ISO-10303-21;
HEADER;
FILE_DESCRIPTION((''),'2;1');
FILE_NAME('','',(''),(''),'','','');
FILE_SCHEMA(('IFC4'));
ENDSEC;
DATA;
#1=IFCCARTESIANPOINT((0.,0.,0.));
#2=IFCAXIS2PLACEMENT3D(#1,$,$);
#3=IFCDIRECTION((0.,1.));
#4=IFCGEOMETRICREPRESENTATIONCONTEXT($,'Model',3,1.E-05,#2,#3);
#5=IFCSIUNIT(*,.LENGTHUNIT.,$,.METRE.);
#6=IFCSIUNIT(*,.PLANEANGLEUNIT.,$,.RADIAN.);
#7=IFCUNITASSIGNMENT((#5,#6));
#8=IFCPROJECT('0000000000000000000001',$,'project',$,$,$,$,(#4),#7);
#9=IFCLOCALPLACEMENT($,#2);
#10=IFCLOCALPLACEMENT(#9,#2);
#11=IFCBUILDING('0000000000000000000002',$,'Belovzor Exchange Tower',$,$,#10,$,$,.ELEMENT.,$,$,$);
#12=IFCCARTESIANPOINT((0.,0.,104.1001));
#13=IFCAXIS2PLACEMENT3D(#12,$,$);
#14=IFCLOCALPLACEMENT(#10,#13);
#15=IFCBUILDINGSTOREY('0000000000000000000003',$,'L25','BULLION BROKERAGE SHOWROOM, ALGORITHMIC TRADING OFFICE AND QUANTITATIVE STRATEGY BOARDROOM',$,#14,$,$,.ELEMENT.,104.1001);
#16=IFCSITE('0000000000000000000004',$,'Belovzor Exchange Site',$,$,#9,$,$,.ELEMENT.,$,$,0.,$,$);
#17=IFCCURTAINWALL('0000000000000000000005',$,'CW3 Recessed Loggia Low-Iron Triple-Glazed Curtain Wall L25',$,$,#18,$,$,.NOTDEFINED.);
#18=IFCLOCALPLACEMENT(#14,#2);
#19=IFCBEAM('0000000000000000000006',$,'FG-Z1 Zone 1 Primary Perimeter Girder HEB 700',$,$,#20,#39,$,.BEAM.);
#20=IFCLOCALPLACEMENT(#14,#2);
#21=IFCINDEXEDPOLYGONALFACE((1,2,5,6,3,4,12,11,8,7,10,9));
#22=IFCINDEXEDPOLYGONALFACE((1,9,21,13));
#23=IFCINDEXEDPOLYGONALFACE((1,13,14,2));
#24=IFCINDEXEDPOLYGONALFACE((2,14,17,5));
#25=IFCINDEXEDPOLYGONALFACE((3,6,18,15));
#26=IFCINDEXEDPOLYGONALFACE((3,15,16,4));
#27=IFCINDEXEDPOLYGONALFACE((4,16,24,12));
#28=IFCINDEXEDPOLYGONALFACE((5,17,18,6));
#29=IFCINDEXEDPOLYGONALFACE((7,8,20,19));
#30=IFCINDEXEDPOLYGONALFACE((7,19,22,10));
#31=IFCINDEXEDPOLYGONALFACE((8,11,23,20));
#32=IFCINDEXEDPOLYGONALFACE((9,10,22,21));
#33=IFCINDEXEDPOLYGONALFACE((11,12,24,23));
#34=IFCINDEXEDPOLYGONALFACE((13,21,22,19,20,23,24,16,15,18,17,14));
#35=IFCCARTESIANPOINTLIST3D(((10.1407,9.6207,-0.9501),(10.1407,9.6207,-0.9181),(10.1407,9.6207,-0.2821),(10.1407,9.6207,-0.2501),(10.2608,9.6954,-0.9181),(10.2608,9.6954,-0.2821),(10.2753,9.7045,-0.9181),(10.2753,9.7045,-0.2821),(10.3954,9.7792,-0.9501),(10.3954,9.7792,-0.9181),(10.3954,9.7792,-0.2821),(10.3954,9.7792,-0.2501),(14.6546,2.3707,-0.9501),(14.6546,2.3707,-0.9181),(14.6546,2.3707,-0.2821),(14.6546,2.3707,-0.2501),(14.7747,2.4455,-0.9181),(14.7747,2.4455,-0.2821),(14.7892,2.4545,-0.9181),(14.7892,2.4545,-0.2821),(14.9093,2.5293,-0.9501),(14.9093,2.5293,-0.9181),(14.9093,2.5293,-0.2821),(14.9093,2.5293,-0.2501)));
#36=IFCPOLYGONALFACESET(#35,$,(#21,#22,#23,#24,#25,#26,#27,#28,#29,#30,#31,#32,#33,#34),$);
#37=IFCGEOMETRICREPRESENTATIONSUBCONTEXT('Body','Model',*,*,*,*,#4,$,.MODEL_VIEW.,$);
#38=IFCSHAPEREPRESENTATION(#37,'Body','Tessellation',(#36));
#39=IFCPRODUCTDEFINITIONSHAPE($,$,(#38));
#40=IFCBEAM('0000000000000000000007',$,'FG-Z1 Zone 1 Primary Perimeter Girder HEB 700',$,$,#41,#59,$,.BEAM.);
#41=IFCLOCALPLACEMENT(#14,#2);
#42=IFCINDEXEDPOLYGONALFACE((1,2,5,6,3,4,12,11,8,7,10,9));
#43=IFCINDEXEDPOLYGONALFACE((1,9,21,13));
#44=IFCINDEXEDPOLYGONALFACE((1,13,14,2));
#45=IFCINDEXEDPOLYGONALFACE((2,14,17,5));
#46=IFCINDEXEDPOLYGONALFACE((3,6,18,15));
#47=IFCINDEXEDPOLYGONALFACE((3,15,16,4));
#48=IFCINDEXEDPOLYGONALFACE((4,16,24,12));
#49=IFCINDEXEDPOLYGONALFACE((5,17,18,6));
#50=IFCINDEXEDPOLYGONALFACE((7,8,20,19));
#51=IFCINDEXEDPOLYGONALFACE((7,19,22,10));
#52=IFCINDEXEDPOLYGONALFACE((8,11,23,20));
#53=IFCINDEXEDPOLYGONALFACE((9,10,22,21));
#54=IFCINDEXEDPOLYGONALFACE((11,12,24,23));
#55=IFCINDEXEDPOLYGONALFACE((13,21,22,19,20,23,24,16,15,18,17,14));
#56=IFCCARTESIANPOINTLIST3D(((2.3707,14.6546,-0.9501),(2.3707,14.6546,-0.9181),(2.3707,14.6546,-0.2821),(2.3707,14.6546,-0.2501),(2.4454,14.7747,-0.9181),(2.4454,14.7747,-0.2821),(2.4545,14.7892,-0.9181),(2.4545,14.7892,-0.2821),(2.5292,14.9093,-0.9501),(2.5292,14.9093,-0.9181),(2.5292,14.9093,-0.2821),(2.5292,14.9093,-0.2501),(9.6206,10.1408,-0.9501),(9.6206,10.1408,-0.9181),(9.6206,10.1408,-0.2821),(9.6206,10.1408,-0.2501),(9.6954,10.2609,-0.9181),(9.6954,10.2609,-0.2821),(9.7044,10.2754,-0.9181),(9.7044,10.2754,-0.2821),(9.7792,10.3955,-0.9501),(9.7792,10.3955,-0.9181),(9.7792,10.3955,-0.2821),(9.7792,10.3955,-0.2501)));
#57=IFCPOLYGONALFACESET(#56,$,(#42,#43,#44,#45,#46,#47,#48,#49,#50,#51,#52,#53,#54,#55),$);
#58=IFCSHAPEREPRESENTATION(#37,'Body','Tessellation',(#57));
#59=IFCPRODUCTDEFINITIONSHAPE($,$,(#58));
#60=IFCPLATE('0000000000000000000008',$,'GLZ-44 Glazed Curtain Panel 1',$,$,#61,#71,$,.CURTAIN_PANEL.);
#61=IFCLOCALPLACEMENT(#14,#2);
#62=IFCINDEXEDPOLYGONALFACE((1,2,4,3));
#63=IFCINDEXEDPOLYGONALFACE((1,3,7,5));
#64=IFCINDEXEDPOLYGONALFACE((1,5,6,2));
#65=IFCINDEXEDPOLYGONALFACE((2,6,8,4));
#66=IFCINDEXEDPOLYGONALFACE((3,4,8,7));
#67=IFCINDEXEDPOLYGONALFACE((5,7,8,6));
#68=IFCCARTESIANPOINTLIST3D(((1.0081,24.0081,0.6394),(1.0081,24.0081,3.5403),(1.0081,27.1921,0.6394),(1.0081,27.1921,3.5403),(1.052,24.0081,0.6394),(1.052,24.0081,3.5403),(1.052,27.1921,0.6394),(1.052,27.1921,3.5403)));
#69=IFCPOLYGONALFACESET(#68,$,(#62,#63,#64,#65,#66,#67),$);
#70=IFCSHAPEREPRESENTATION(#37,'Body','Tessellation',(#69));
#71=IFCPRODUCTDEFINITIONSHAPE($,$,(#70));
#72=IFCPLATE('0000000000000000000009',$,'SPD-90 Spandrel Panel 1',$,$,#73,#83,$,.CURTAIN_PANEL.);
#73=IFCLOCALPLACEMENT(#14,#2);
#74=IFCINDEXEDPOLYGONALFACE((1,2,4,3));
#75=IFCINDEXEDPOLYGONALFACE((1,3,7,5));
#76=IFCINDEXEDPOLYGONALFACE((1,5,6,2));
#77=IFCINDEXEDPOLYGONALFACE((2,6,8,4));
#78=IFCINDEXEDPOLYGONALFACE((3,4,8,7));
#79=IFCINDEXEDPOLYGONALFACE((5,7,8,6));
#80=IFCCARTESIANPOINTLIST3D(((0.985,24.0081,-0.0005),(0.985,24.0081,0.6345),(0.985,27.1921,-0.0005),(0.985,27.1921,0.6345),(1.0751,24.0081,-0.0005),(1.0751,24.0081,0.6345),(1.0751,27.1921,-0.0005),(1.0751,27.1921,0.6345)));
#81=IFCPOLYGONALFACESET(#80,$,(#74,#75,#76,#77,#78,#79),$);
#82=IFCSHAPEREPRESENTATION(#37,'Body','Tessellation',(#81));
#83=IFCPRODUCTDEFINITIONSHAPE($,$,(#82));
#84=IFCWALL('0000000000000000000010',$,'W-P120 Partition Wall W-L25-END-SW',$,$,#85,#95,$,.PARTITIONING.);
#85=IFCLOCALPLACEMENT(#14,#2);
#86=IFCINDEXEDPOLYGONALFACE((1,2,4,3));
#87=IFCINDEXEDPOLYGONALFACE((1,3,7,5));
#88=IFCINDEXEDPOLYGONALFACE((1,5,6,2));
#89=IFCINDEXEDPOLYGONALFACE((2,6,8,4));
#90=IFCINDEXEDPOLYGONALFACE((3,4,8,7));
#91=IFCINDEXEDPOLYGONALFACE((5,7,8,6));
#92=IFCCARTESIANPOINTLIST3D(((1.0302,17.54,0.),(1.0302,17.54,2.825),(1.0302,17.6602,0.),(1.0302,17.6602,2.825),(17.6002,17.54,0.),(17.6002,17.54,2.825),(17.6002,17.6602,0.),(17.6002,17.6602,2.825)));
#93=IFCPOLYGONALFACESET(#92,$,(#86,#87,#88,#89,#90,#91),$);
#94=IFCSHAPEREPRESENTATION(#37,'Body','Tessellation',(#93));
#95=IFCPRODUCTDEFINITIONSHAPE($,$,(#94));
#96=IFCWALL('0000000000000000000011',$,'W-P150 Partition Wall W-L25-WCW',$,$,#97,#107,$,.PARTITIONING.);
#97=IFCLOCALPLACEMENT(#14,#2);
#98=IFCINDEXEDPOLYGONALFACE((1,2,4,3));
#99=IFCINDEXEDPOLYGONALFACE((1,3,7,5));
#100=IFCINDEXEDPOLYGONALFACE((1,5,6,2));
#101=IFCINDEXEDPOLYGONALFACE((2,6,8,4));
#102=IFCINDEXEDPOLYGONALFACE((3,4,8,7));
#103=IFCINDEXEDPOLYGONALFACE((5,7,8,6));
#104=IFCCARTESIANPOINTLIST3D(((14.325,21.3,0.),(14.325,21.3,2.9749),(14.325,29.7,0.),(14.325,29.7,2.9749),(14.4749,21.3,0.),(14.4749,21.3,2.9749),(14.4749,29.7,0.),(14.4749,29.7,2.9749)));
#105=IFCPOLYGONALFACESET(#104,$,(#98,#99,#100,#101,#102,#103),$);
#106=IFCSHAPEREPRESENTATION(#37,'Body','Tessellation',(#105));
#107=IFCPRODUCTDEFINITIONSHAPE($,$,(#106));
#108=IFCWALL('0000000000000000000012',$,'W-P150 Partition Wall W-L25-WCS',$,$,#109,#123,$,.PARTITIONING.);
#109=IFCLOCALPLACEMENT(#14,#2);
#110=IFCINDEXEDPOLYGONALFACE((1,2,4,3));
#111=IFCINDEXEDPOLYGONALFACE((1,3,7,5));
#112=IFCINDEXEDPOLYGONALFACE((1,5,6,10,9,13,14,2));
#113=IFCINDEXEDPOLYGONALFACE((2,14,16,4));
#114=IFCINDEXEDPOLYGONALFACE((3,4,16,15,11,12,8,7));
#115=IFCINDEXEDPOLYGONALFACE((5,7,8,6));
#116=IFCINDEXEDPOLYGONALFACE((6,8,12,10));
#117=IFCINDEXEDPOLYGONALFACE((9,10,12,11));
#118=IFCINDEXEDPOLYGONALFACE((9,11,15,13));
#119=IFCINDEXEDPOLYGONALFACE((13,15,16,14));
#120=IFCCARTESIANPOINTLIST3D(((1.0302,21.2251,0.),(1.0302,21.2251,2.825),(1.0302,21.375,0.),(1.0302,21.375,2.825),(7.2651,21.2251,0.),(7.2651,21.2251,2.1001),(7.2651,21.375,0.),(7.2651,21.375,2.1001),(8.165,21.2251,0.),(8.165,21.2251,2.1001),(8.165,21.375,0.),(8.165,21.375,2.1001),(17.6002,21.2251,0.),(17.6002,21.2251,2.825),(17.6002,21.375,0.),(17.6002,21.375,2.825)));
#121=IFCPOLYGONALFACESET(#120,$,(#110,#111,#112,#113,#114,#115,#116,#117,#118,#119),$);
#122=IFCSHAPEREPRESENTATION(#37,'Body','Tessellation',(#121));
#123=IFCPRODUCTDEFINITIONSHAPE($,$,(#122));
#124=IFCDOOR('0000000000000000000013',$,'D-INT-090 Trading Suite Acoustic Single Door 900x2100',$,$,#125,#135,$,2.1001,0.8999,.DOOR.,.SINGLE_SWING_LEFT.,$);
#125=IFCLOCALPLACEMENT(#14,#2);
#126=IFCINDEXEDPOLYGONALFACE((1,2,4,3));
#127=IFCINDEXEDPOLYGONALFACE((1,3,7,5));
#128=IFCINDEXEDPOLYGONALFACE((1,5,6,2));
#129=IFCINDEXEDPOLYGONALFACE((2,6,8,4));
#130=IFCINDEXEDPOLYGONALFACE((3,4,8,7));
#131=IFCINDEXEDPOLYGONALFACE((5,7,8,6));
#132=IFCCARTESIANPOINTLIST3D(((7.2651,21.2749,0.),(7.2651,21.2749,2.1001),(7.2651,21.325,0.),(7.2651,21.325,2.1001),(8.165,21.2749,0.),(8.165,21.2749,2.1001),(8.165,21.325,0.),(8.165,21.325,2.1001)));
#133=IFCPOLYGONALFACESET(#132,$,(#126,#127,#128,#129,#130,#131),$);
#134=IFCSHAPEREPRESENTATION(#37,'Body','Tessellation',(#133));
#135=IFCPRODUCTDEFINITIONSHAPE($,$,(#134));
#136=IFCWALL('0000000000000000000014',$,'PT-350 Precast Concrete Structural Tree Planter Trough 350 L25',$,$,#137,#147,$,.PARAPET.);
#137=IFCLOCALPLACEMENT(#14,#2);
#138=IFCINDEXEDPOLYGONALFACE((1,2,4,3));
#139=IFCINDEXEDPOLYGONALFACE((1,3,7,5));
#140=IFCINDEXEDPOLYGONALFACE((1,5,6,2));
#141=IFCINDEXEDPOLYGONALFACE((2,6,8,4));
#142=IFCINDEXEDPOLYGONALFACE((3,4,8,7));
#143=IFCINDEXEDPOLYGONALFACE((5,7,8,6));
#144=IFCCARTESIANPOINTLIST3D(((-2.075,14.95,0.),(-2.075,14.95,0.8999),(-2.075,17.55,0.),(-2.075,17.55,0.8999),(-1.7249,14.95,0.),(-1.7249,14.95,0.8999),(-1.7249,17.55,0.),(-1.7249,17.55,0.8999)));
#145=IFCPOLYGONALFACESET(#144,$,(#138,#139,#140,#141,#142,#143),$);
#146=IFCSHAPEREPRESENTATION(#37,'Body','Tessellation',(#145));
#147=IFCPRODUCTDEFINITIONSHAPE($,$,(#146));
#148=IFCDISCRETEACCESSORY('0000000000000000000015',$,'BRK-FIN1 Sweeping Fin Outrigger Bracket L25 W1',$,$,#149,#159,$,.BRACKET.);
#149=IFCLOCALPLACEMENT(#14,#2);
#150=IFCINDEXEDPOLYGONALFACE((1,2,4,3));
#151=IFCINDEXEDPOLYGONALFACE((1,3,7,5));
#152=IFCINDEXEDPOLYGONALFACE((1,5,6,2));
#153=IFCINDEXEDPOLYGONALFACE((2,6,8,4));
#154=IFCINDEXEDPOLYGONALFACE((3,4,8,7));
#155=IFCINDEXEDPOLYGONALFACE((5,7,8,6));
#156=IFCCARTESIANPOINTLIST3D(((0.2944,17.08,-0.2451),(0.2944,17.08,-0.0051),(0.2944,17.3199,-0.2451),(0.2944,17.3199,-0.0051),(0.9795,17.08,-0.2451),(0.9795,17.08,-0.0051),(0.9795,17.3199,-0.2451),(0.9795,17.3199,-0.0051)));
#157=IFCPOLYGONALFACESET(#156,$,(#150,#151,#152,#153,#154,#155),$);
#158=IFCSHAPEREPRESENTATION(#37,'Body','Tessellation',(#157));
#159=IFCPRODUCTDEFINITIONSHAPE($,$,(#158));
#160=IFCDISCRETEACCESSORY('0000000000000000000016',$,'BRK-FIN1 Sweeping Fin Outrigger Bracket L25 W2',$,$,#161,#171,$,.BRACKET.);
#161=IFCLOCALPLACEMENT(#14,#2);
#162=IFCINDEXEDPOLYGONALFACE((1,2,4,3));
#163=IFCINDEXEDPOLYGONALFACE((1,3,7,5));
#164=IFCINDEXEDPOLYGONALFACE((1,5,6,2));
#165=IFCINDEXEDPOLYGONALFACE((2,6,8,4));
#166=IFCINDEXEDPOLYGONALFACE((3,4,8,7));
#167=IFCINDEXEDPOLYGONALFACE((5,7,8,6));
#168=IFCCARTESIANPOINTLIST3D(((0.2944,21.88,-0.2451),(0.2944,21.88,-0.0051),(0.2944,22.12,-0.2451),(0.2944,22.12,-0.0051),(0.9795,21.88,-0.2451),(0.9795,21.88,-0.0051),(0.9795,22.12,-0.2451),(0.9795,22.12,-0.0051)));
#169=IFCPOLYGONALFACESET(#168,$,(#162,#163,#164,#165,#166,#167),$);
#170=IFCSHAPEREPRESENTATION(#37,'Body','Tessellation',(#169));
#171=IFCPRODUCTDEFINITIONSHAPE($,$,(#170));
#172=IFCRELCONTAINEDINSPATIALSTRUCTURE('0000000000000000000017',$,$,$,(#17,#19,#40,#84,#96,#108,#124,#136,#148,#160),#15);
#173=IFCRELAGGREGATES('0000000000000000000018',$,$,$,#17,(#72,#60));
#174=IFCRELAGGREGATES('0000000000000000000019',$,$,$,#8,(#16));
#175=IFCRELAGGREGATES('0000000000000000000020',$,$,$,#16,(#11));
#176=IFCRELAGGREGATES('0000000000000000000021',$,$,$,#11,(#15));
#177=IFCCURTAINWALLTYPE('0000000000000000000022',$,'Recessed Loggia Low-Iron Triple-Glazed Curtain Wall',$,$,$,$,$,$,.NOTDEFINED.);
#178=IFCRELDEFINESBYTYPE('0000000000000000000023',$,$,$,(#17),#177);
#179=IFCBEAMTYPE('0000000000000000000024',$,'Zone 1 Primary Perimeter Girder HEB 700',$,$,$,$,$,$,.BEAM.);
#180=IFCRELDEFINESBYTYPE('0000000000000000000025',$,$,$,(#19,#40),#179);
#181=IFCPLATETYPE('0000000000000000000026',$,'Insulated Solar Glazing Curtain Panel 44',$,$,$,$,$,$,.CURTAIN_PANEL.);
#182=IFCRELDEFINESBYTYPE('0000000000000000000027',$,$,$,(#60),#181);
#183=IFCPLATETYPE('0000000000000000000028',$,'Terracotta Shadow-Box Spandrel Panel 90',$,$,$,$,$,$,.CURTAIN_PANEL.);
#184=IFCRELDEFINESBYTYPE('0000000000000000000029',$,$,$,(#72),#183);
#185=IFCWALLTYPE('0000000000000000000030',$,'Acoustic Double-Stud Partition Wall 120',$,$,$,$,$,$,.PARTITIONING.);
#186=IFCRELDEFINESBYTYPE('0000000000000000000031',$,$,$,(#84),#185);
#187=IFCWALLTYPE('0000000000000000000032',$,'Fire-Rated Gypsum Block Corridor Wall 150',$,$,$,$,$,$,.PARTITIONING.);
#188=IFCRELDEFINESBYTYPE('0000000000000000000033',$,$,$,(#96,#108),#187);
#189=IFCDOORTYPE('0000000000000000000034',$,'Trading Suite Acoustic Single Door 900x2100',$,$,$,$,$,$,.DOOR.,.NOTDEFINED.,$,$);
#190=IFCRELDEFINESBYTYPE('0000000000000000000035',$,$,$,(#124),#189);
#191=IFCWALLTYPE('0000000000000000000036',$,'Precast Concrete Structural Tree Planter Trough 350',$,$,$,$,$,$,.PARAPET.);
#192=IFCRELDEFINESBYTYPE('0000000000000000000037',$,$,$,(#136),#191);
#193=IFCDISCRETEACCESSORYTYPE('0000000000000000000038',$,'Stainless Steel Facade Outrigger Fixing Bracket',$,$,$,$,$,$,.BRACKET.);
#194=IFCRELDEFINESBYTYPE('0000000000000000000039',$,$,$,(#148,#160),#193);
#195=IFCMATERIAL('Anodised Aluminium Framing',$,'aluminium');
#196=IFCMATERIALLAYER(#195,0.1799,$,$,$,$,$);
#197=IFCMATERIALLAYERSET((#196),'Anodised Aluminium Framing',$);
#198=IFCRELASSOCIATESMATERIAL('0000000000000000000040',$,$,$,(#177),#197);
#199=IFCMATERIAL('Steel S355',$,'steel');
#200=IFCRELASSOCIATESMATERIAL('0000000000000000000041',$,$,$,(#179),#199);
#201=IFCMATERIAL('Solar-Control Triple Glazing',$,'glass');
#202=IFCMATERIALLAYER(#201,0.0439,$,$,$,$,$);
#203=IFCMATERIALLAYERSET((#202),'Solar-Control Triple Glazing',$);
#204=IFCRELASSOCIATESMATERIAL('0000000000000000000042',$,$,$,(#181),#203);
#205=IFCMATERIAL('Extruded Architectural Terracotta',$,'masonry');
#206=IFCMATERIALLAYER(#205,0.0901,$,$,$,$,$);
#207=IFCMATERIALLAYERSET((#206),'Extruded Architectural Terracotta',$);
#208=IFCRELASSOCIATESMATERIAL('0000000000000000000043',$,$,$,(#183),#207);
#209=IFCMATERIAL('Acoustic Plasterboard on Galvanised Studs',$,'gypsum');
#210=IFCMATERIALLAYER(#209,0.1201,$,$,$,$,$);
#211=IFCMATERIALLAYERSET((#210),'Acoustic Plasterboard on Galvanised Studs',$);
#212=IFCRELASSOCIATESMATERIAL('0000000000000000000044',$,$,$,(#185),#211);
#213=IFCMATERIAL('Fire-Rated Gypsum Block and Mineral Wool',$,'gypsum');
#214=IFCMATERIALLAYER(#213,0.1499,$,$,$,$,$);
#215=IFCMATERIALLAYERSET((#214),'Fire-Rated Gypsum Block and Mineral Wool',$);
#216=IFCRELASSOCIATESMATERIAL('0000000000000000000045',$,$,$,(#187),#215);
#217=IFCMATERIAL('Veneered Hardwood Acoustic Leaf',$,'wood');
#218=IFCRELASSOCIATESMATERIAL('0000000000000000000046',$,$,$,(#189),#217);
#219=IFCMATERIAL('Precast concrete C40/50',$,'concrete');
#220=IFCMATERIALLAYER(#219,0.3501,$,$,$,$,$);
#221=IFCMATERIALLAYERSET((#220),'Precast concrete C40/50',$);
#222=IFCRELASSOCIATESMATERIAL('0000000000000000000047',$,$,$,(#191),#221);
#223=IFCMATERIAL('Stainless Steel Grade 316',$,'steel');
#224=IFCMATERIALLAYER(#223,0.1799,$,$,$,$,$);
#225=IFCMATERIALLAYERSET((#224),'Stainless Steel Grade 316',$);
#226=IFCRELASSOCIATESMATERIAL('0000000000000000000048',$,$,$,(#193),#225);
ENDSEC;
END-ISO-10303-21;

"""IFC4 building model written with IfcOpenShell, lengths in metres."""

from ifc_helpers import new_model, si_unit, direction, frame, frame_2d, origin, origin_2d, place, context, subcontext, project, spatial, rectangle, i_section, extrude, material, layer, layer_set, material_profile, profile_set, type_object, element, fill, aggregate, save


model = new_model("IFC4")

# Units and contexts
model_context = context("Model", 3, precision=1e-05, world=origin(), true_north=direction((0.0, 1.0)))
body_context = subcontext(model_context, "Body", "Model", "MODEL_VIEW")
ifc_project = project(units=[si_unit("LENGTHUNIT", "METRE"), si_unit("PLANEANGLEUNIT", "RADIAN")], contexts=[model_context])

# Site, building, storey
site_placement = place(None, origin())
site = spatial("IfcSite", under=ifc_project, at=site_placement, Name="Belovzor Exchange Site", CompositionType="ELEMENT", RefElevation=0.0)
building_placement = place(site_placement, origin())
building = spatial("IfcBuilding", under=site, at=building_placement, Name="Belovzor Exchange Tower", CompositionType="ELEMENT")
storey_placement = place(building_placement, frame((0.0, 0.0, 104.1001)))
storey = spatial("IfcBuildingStorey", under=building, at=storey_placement, Name="L25", Description="BULLION BROKERAGE SHOWROOM, ALGORITHMIC TRADING OFFICE AND QUANTITATIVE STRATEGY BOARDROOM", CompositionType="ELEMENT", Elevation=104.1001)

# Curtain wall
ifc_material_1 = material(Name="Anodised Aluminium Framing", Category="aluminium")
ifc_layer_1 = layer(ifc_material_1, 0.1799)
ifc_layer_set_1 = layer_set([ifc_layer_1], Name="Anodised Aluminium Framing")
curtain_wall_type = type_object("IfcCurtainWallType", Name="Recessed Loggia Low-Iron Triple-Glazed Curtain Wall", PredefinedType="NOTDEFINED", material=ifc_layer_set_1)
curtain_wall_placement = place(storey_placement, origin())
curtain_wall = element("IfcCurtainWall", 1, at=curtain_wall_placement, inside=storey, type_object=curtain_wall_type, Name="CW3 Recessed Loggia Low-Iron Triple-Glazed Curtain Wall L25", PredefinedType="NOTDEFINED")

# Beams
ifc_material_2 = material(Name="Steel S355", Category="steel")
ifc_material_profile_1 = material_profile(ifc_material_2, i_section(OverallWidth=0.3, OverallDepth=0.7, WebThickness=0.0171, FlangeThickness=0.032, at=origin_2d()))
ifc_profile_set_1 = profile_set([ifc_material_profile_1], Name="Steel S355")
beam_type_1 = type_object("IfcBeamType", Name="Zone 1 Primary Perimeter Girder HEB 700", PredefinedType="BEAM", material=ifc_profile_set_1)
for number, where, z_axis, x_axis, name in (
    (2, (10.2681, 9.7, -0.6001), (0.528539, -0.848909, 0.0), (0.848909, 0.528539, 0.0), "FG-Z1 Zone 1 Primary Perimeter Girder HEB 700"),
    (3, (2.45, 14.782, -0.6001), (0.848909, -0.528539, 0.0), (0.528539, 0.848909, 0.0), "FG-Z1 Zone 1 Primary Perimeter Girder HEB 700"),
):
    element("IfcBeam", number, at=place(storey_placement, frame(where, z_axis=z_axis, x_axis=x_axis)), inside=storey, type_object=beam_type_1, Name=name, PredefinedType="BEAM", context=body_context, shape_type="SweptSolid", body=[
        extrude(i_section(OverallWidth=0.3, OverallDepth=0.7, WebThickness=0.0171, FlangeThickness=0.032, at=origin_2d()), origin(), (0.0, 0.0, 1.0), 8.5403),
    ])

# Plates
ifc_material_3 = material(Name="Solar-Control Triple Glazing", Category="glass")
ifc_layer_2 = layer(ifc_material_3, 0.0439)
ifc_layer_set_2 = layer_set([ifc_layer_2], Name="Solar-Control Triple Glazing")
plate_type_1 = type_object("IfcPlateType", Name="Insulated Solar Glazing Curtain Panel 44", PredefinedType="CURTAIN_PANEL", material=ifc_layer_set_2)
plate_1_placement = place(storey_placement, frame((1.03, 25.6001, 0.6394), z_axis=(0.0, 0.0, 1.0), x_axis=(0.0, 1.0, 0.0)))
plate_1 = element("IfcPlate", 4, at=plate_1_placement, type_object=plate_type_1, Name="GLZ-44 Glazed Curtain Panel 1", PredefinedType="CURTAIN_PANEL", context=body_context, shape_type="SweptSolid", body=[
    extrude(rectangle(XDim=3.1841, YDim=0.0439, at=origin_2d()), origin(), (0.0, 0.0, 1.0), 2.9009),
])
ifc_material_4 = material(Name="Extruded Architectural Terracotta", Category="masonry")
ifc_layer_3 = layer(ifc_material_4, 0.0901)
ifc_layer_set_3 = layer_set([ifc_layer_3], Name="Extruded Architectural Terracotta")
plate_type_2 = type_object("IfcPlateType", Name="Terracotta Shadow-Box Spandrel Panel 90", PredefinedType="CURTAIN_PANEL", material=ifc_layer_set_3)
plate_2_placement = place(storey_placement, frame((1.03, 25.6001, -0.0005), z_axis=(0.0, 0.0, 1.0), x_axis=(0.0, 1.0, 0.0)))
plate_2 = element("IfcPlate", 5, at=plate_2_placement, type_object=plate_type_2, Name="SPD-90 Spandrel Panel 1", PredefinedType="CURTAIN_PANEL", context=body_context, shape_type="SweptSolid", body=[
    extrude(rectangle(XDim=3.1841, YDim=0.0901, at=origin_2d()), origin(), (0.0, 0.0, 1.0), 0.635),
])
aggregate(curtain_wall, [plate_2, plate_1])

# Walls
ifc_material_5 = material(Name="Acoustic Plasterboard on Galvanised Studs", Category="gypsum")
ifc_layer_4 = layer(ifc_material_5, 0.1201)
ifc_layer_set_4 = layer_set([ifc_layer_4], Name="Acoustic Plasterboard on Galvanised Studs")
wall_type_1 = type_object("IfcWallType", Name="Acoustic Double-Stud Partition Wall 120", PredefinedType="PARTITIONING", material=ifc_layer_set_4)
wall_1_placement = place(storey_placement, frame((1.03, 17.6001, 0.0), z_axis=(0.0, 0.0, 1.0), x_axis=(1.0, 0.0, 0.0)))
element("IfcWall", 6, at=wall_1_placement, inside=storey, type_object=wall_type_1, Name="W-P120 Partition Wall W-L25-END-SW", PredefinedType="PARTITIONING", context=body_context, shape_type="SweptSolid", body=[
    extrude(rectangle(XDim=16.5701, YDim=0.1201, at=frame_2d((8.2852, 0.0))), origin(), (0.0, 0.0, 1.0), 2.825),
])
ifc_material_6 = material(Name="Fire-Rated Gypsum Block and Mineral Wool", Category="gypsum")
ifc_layer_5 = layer(ifc_material_6, 0.1499)
ifc_layer_set_5 = layer_set([ifc_layer_5], Name="Fire-Rated Gypsum Block and Mineral Wool")
wall_type_2 = type_object("IfcWallType", Name="Fire-Rated Gypsum Block Corridor Wall 150", PredefinedType="PARTITIONING", material=ifc_layer_set_5)
wall_2_placement = place(storey_placement, frame((14.3999, 21.3, 0.0), z_axis=(0.0, 0.0, 1.0), x_axis=(0.0, 1.0, 0.0)))
element("IfcWall", 7, at=wall_2_placement, inside=storey, type_object=wall_type_2, Name="W-P150 Partition Wall W-L25-WCW", PredefinedType="PARTITIONING", context=body_context, shape_type="SweptSolid", body=[
    extrude(rectangle(XDim=8.3999, YDim=0.1499, at=frame_2d((4.2, 0.0))), origin(), (0.0, 0.0, 1.0), 2.9749),
])

# Wall, opening, door
wall_3_placement = place(storey_placement, frame((1.03, 21.3, 0.0), z_axis=(0.0, 0.0, 1.0), x_axis=(1.0, 0.0, 0.0)))
wall_3 = element("IfcWall", 8, at=wall_3_placement, inside=storey, type_object=wall_type_2, Name="W-P150 Partition Wall W-L25-WCS", PredefinedType="PARTITIONING", context=body_context, shape_type="SweptSolid", body=[
    extrude(rectangle(XDim=16.5701, YDim=0.1499, at=frame_2d((8.2852, 0.0))), origin(), (0.0, 0.0, 1.0), 2.825),
])
opening_placement = place(wall_3_placement, frame((6.2351, 0.0, 0.0)))
opening = element("IfcOpeningElement", 9, at=opening_placement, cuts=wall_3, PredefinedType="OPENING", context=body_context, shape_type="SweptSolid", body=[
    extrude(rectangle(XDim=0.8999, YDim=2.1001, at=frame_2d((0.45, 1.05))), frame((0.0, 0.085, 0.0), z_axis=(0.0, -1.0, 0.0), x_axis=(1.0, 0.0, 0.0)), (0.0, 0.0, 1.0), 0.1699),
])
ifc_material_7 = material(Name="Veneered Hardwood Acoustic Leaf", Category="wood")
door_type = type_object("IfcDoorType", Name="Trading Suite Acoustic Single Door 900x2100", OperationType="NOTDEFINED", PredefinedType="DOOR", material=ifc_material_7)
door_placement = place(opening_placement, origin())
door = element("IfcDoor", 10, at=door_placement, inside=storey, type_object=door_type, Name="D-INT-090 Trading Suite Acoustic Single Door 900x2100", OperationType="SINGLE_SWING_LEFT", OverallHeight=2.1001, OverallWidth=0.8999, PredefinedType="DOOR", context=body_context, shape_type="SweptSolid", body=[
    extrude(rectangle(XDim=0.8999, YDim=2.1001, at=frame_2d((0.45, 1.05))), frame((0.0, 0.0249, 0.0), z_axis=(0.0, -1.0, 0.0), x_axis=(1.0, 0.0, 0.0)), (0.0, 0.0, 1.0), 0.05),
])
fill(opening, door)

# Wall
ifc_material_8 = material(Name="Precast concrete C40/50", Category="concrete")
ifc_layer_6 = layer(ifc_material_8, 0.3501)
ifc_layer_set_6 = layer_set([ifc_layer_6], Name="Precast concrete C40/50")
wall_type_3 = type_object("IfcWallType", Name="Precast Concrete Structural Tree Planter Trough 350", PredefinedType="PARAPET", material=ifc_layer_set_6)
wall_4_placement = place(storey_placement, frame((-1.8999, 14.95, 0.0), z_axis=(0.0, 0.0, 1.0), x_axis=(0.0, 1.0, 0.0)))
element("IfcWall", 11, at=wall_4_placement, inside=storey, type_object=wall_type_3, Name="PT-350 Precast Concrete Structural Tree Planter Trough 350 L25", PredefinedType="PARAPET", context=body_context, shape_type="SweptSolid", body=[
    extrude(rectangle(XDim=2.6001, YDim=0.3501, at=frame_2d((1.3, 0.0))), origin(), (0.0, 0.0, 1.0), 0.8999),
])

# Discrete accessories
ifc_material_9 = material(Name="Stainless Steel Grade 316", Category="steel")
ifc_layer_7 = layer(ifc_material_9, 0.1799)
ifc_layer_set_7 = layer_set([ifc_layer_7], Name="Stainless Steel Grade 316")
discrete_accessory_type = type_object("IfcDiscreteAccessoryType", Name="Stainless Steel Facade Outrigger Fixing Bracket", PredefinedType="BRACKET", material=ifc_layer_set_7)
for number, where, z_axis, x_axis, name in (
    (12, (0.637, 17.2, -0.2451), (0.0, 0.0, 1.0), (1.0, 0.0, 0.0), "BRK-FIN1 Sweeping Fin Outrigger Bracket L25 W1"),
    (13, (0.637, 22.0, -0.2451), (0.0, 0.0, 1.0), (1.0, 0.0, 0.0), "BRK-FIN1 Sweeping Fin Outrigger Bracket L25 W2"),
):
    element("IfcDiscreteAccessory", number, at=place(storey_placement, frame(where, z_axis=z_axis, x_axis=x_axis)), inside=storey, type_object=discrete_accessory_type, Name=name, PredefinedType="BRACKET", context=body_context, shape_type="SweptSolid", body=[
        extrude(rectangle(XDim=0.6851, YDim=0.24, at=origin_2d()), origin(), (0.0, 0.0, 1.0), 0.24),
    ])

save(model, "model.ifc")
